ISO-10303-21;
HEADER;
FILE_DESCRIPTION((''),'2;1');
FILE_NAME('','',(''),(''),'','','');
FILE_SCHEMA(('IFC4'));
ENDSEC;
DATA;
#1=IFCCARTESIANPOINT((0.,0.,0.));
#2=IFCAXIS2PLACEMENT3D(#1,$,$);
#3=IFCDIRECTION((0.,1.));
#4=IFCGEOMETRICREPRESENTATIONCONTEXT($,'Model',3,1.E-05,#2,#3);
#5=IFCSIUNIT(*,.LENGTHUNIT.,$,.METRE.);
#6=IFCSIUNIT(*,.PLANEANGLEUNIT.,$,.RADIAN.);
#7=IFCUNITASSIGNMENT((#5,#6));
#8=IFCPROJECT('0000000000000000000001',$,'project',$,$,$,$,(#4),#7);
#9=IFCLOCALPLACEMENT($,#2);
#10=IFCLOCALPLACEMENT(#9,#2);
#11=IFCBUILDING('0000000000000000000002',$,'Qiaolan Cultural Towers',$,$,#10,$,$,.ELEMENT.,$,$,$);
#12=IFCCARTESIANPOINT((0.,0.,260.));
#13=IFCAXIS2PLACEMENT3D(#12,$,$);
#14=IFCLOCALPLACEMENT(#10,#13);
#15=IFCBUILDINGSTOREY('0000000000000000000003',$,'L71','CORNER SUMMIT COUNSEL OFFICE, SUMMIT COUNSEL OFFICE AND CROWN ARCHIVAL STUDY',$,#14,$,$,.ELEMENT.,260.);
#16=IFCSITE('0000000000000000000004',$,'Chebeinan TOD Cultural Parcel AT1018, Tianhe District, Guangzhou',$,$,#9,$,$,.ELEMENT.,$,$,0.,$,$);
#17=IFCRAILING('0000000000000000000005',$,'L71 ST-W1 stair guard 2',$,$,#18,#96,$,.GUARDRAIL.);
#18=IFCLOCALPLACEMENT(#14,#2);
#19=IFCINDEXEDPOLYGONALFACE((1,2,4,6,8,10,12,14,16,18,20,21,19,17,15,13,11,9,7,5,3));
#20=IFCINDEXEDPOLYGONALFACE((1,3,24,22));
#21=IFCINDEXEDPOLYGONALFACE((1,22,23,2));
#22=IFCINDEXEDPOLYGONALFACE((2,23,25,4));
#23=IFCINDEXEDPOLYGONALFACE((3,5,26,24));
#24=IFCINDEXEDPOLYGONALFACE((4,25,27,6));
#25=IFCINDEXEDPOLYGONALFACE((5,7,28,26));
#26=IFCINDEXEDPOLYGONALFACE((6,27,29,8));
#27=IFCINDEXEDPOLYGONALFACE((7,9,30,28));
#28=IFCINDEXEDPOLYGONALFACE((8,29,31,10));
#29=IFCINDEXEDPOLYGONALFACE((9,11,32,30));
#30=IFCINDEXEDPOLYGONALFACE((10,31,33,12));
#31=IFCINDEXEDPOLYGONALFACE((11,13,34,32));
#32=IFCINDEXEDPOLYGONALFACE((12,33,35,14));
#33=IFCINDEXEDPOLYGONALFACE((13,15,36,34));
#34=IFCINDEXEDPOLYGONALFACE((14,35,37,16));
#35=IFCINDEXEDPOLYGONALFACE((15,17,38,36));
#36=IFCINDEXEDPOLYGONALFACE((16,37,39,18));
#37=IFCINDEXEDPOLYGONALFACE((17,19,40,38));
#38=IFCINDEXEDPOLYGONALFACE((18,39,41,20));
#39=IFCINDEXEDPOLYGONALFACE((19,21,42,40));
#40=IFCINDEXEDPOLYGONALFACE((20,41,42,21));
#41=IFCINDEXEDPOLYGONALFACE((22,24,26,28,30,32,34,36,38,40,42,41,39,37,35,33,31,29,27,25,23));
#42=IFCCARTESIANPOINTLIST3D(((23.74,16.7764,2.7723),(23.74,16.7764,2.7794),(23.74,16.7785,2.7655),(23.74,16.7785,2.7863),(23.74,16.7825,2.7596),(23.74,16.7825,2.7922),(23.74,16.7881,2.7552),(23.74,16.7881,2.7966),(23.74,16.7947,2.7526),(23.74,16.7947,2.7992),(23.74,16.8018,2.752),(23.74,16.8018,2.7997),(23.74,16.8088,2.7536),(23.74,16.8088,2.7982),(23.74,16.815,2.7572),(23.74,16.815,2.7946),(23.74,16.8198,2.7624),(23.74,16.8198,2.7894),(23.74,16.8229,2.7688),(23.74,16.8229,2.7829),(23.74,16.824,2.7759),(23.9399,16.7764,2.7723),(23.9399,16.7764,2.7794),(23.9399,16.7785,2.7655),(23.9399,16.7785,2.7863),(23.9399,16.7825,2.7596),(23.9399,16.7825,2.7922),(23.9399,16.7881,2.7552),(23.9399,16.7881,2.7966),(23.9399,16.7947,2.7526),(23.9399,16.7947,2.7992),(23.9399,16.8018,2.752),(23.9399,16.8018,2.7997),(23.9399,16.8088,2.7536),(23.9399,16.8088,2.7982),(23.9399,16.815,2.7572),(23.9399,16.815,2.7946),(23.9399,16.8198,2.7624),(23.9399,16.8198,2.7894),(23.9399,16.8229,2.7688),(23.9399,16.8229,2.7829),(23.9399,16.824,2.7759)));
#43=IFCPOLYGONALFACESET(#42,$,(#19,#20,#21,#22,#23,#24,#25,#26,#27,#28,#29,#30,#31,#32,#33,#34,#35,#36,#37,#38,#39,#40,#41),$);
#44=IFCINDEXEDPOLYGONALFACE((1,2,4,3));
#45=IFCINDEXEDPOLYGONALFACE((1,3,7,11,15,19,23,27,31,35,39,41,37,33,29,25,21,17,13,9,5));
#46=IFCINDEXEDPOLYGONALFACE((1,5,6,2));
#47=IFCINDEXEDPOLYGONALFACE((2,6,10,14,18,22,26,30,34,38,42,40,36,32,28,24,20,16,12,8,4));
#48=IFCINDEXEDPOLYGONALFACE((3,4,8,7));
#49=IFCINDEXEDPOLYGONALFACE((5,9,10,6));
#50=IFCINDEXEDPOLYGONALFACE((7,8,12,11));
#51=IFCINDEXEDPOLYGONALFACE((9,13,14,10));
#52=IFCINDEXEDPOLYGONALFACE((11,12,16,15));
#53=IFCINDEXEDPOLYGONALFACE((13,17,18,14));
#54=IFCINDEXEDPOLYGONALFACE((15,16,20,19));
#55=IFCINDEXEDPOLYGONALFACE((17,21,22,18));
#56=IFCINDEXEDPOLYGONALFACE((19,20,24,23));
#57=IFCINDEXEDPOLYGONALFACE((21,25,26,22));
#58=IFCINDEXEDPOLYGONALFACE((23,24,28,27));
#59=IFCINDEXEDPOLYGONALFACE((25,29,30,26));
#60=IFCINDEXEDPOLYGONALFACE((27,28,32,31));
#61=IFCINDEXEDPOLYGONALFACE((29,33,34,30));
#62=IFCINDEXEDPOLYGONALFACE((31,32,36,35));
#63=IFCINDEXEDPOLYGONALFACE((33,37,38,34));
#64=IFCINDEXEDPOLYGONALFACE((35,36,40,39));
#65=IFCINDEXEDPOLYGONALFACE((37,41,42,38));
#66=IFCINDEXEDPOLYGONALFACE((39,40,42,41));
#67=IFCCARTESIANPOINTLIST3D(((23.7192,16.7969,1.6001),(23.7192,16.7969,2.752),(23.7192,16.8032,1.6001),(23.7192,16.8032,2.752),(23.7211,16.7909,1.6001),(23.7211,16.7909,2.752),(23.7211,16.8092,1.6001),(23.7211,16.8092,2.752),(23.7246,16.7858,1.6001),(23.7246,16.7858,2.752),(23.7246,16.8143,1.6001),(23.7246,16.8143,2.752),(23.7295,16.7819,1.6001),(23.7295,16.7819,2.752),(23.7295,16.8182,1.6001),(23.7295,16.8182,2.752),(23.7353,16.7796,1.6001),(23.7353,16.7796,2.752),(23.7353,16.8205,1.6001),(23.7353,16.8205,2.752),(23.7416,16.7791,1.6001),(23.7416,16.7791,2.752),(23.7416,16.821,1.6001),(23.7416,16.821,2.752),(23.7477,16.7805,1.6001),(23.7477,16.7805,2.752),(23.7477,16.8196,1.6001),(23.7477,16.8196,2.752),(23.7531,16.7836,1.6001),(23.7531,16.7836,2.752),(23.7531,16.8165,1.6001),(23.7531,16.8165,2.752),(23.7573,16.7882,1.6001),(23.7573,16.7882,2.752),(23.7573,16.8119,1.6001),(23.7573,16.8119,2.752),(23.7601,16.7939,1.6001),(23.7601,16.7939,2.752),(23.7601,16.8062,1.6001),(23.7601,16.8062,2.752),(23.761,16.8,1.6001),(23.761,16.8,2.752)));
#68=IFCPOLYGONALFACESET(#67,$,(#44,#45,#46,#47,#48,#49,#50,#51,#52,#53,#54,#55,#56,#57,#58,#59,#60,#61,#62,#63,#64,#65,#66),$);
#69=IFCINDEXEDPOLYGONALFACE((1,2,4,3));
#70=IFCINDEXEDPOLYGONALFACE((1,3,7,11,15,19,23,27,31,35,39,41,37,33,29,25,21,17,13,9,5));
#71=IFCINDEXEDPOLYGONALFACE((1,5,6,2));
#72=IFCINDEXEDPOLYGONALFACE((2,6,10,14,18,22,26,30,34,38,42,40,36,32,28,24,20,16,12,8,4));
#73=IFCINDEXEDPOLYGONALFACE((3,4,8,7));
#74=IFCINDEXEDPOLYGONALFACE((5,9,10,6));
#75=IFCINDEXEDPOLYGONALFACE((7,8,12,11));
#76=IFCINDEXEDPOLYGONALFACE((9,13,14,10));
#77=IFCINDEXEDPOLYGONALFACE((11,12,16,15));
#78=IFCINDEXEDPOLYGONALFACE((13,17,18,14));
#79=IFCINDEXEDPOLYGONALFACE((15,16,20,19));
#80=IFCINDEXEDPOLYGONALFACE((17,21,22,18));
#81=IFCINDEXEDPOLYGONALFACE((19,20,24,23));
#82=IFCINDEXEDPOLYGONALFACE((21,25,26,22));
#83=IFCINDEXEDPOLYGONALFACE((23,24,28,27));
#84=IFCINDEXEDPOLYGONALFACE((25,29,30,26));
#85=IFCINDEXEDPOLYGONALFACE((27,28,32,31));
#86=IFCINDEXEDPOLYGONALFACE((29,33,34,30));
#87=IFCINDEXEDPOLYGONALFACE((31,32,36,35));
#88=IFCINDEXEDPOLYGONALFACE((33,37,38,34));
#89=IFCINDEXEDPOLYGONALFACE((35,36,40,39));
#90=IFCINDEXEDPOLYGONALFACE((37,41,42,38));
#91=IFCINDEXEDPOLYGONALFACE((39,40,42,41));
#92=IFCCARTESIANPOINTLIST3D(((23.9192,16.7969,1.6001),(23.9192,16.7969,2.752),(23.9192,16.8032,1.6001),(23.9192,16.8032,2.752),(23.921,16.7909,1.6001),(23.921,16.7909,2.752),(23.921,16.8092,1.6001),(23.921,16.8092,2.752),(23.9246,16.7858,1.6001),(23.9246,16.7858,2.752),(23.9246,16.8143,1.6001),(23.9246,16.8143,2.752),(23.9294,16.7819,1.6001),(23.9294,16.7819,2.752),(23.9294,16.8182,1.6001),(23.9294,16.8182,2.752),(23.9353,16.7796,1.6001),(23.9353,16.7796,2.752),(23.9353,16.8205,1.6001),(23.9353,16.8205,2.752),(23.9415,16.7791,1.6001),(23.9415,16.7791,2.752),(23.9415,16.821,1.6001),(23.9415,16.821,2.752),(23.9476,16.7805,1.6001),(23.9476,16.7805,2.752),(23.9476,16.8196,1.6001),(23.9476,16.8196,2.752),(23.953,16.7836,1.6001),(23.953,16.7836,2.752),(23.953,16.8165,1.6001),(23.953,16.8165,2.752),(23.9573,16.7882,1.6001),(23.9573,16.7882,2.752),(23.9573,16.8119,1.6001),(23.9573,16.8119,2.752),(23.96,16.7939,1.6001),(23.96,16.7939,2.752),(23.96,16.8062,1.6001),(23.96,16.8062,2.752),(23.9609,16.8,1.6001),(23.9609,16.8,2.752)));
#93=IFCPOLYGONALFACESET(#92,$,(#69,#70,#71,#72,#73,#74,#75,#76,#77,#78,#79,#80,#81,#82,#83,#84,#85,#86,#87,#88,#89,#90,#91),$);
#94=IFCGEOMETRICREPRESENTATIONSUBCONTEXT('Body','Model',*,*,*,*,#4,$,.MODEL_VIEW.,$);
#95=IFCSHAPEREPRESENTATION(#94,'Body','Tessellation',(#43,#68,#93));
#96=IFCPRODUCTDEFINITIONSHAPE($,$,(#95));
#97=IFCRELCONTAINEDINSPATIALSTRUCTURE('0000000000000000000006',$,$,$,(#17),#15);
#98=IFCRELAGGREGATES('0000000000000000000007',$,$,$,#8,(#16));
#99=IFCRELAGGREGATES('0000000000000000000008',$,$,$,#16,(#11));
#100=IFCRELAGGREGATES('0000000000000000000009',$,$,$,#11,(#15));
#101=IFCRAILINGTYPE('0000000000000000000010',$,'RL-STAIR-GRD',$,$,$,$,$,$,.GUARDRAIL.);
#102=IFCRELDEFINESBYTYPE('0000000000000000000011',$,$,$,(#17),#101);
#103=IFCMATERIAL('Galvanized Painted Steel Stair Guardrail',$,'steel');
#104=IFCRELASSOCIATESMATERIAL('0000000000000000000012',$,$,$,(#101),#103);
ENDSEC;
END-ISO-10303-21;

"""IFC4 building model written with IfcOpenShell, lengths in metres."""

from ifc_helpers import new_model, si_unit, direction, frame, origin, origin_2d, place, context, subcontext, project, spatial, circle, extrude, material, type_object, element, save


model = new_model("IFC4")

# Units and contexts
model_context = context("Model", 3, precision=1e-05, world=origin(), true_north=direction((0.0, 1.0)))
body_context = subcontext(model_context, "Body", "Model", "MODEL_VIEW")
ifc_project = project(units=[si_unit("LENGTHUNIT", "METRE"), si_unit("PLANEANGLEUNIT", "RADIAN")], contexts=[model_context])

# Site, building, storey
site_placement = place(None, origin())
site = spatial("IfcSite", under=ifc_project, at=site_placement, Name="Chebeinan TOD Cultural Parcel AT1018, Tianhe District, Guangzhou", CompositionType="ELEMENT", RefElevation=0.0)
building_placement = place(site_placement, origin())
building = spatial("IfcBuilding", under=site, at=building_placement, Name="Qiaolan Cultural Towers", CompositionType="ELEMENT")
storey_placement = place(building_placement, frame((0.0, 0.0, 260.0)))
storey = spatial("IfcBuildingStorey", under=building, at=storey_placement, Name="L71", Description="CORNER SUMMIT COUNSEL OFFICE, SUMMIT COUNSEL OFFICE AND CROWN ARCHIVAL STUDY", CompositionType="ELEMENT", Elevation=260.0)

# Railing
ifc_material_1 = material(Name="Galvanized Painted Steel Stair Guardrail", Category="steel")
railing_type = type_object("IfcRailingType", Name="RL-STAIR-GRD", PredefinedType="GUARDRAIL", material=ifc_material_1)
railing_1_placement = place(storey_placement, frame((23.74, 16.8, 1.6001)))
element("IfcRailing", 1, at=railing_1_placement, inside=storey, type_object=railing_type, Name="L71 ST-W1 stair guard 2", PredefinedType="GUARDRAIL", context=body_context, shape_type="SweptSolid", body=[
    extrude(circle(Radius=0.0239, at=origin_2d()), frame((0.0, 0.0, 1.1758), z_axis=(1.0, 0.0, 0.0), x_axis=(0.0, 1.0, 0.0)), (0.0, 0.0, 1.0), 0.2),
    extrude(circle(Radius=0.021, at=origin_2d()), origin(), (0.0, 0.0, 1.0), 1.1519),
    extrude(circle(Radius=0.021, at=origin_2d()), frame((0.2, 0.0, 0.0)), (0.0, 0.0, 1.0), 1.1519),
])

save(model, "model.ifc")
